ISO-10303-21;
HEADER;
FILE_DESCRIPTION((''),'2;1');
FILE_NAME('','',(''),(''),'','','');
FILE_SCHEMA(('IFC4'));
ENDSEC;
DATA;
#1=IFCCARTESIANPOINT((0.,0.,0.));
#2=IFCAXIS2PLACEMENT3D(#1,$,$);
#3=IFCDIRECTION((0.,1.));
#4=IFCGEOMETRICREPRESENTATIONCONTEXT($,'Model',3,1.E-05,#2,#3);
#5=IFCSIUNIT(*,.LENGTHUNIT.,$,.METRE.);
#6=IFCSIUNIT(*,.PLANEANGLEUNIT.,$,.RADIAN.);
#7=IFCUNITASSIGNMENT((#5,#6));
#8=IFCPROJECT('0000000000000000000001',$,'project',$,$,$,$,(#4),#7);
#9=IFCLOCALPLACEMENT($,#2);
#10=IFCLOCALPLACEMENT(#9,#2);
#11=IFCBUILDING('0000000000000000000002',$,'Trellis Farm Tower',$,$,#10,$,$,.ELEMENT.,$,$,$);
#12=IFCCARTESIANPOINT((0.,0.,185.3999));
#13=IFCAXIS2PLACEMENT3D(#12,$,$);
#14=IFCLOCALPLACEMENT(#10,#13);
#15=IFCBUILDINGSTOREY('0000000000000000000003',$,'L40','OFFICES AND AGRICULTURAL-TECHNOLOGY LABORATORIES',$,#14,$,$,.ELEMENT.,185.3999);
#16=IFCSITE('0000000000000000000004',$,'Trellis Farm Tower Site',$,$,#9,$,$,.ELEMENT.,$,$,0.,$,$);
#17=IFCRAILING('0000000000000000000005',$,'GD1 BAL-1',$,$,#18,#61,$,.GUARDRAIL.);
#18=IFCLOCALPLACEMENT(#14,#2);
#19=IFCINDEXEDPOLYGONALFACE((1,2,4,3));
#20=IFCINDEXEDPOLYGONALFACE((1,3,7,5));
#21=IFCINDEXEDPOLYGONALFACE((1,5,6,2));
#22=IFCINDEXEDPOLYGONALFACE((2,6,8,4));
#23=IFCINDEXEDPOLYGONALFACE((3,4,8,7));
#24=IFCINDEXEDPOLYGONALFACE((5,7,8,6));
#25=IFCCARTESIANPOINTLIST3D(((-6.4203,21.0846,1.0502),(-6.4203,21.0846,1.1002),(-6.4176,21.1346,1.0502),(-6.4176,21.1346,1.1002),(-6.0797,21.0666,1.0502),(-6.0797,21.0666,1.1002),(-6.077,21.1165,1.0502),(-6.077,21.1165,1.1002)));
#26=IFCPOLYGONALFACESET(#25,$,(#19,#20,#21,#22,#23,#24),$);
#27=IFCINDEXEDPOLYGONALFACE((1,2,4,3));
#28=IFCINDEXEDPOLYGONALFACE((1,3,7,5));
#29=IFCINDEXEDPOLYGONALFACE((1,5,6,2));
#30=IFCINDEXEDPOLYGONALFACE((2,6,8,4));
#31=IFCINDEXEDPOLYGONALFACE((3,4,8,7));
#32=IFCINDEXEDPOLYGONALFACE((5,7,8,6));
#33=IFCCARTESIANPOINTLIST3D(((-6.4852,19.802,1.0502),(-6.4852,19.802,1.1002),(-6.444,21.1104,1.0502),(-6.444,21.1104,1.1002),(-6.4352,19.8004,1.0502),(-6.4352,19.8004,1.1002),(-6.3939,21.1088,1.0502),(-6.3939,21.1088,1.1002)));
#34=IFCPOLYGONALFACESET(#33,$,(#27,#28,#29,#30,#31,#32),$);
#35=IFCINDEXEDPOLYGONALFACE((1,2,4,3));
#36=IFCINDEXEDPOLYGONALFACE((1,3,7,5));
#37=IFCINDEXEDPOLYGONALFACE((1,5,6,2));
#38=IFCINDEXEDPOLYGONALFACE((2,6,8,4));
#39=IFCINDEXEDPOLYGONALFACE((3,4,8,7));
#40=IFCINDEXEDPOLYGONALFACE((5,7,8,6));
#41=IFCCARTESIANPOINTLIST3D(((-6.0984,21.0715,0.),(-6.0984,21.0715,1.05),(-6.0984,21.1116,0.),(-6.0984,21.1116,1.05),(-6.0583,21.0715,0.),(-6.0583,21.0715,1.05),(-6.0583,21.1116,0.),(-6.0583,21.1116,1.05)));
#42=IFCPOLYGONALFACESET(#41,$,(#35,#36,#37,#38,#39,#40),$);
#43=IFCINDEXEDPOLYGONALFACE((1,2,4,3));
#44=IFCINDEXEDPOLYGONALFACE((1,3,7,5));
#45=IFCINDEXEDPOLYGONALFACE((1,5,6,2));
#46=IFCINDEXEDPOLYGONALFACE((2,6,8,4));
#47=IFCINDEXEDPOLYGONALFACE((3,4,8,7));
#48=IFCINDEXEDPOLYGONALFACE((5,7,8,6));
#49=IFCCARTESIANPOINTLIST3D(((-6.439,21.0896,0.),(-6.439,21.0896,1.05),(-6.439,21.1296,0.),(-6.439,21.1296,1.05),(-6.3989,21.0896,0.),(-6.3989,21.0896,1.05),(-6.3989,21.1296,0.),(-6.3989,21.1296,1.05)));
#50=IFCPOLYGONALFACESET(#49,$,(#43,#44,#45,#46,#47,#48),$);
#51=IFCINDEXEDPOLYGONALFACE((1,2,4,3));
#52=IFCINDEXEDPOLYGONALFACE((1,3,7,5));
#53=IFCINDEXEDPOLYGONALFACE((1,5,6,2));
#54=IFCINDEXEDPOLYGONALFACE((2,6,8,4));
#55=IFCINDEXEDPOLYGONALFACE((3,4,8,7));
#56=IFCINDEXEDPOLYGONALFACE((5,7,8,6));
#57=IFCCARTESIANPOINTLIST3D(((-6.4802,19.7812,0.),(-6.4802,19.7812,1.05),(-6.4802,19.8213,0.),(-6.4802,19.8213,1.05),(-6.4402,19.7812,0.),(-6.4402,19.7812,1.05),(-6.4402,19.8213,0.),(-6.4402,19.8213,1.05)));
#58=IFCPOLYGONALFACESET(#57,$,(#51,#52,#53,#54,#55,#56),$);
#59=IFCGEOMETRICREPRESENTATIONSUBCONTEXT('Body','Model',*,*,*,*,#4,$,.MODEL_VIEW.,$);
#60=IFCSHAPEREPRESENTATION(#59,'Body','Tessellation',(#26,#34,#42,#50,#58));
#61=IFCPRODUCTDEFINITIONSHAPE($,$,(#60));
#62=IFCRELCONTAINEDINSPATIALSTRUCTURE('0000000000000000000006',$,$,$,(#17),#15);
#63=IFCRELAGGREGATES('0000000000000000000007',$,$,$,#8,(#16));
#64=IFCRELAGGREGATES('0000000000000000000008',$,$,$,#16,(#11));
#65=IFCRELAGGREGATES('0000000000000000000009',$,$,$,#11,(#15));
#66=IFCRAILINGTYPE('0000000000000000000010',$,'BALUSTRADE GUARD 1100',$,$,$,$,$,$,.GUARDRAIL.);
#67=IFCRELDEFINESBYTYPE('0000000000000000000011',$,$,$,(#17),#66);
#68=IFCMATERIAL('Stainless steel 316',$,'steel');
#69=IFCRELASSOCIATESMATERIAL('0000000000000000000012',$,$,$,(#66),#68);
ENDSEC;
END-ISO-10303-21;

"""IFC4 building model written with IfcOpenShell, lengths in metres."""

from ifc_helpers import new_model, si_unit, direction, frame, origin, origin_2d, place, context, subcontext, project, spatial, rectangle, extrude, source, transform, mapped, material, type_object, element, save


model = new_model("IFC4")

# Units and contexts
model_context = context("Model", 3, precision=1e-05, world=origin(), true_north=direction((0.0, 1.0)))
body_context = subcontext(model_context, "Body", "Model", "MODEL_VIEW")
ifc_project = project(units=[si_unit("LENGTHUNIT", "METRE"), si_unit("PLANEANGLEUNIT", "RADIAN")], contexts=[model_context])

# Site, building, storey
site_placement = place(None, origin())
site = spatial("IfcSite", under=ifc_project, at=site_placement, Name="Trellis Farm Tower Site", CompositionType="ELEMENT", RefElevation=0.0)
building_placement = place(site_placement, origin())
building = spatial("IfcBuilding", under=site, at=building_placement, Name="Trellis Farm Tower", CompositionType="ELEMENT")
storey_placement = place(building_placement, frame((0.0, 0.0, 185.3999)))
storey = spatial("IfcBuildingStorey", under=building, at=storey_placement, Name="L40", Description="OFFICES AND AGRICULTURAL-TECHNOLOGY LABORATORIES", CompositionType="ELEMENT", Elevation=185.3999)

# Railing
ifc_material_1 = material(Name="Stainless steel 316", Category="steel")
railing_type = type_object("IfcRailingType", Name="BALUSTRADE GUARD 1100", PredefinedType="GUARDRAIL", material=ifc_material_1)
shared_shape_1 = source(origin(), body_context, "Body", "SweptSolid", [
    extrude(rectangle(XDim=0.05, YDim=0.05, at=origin_2d()), frame((0.0, 0.0, 1.0752), z_axis=(-0.998596, 0.052972, 0.0), x_axis=(-0.052972, -0.998596, 0.0)), (0.0, 0.0, 1.0), 0.3411),
    extrude(rectangle(XDim=0.05, YDim=0.05, at=origin_2d()), frame((-0.3406, 0.0181, 1.0752), z_axis=(-0.03152, -0.999503, 0.0), x_axis=(0.999503, -0.03152, 0.0)), (0.0, 0.0, 1.0), 1.3091),
    extrude(rectangle(XDim=0.04, YDim=0.04, at=origin_2d()), origin(), (0.0, 0.0, 1.0), 1.05),
    extrude(rectangle(XDim=0.04, YDim=0.04, at=origin_2d()), frame((-0.3406, 0.0181, 0.0)), (0.0, 0.0, 1.0), 1.05),
    extrude(rectangle(XDim=0.04, YDim=0.04, at=origin_2d()), frame((-0.3818, -1.2903, 0.0)), (0.0, 0.0, 1.0), 1.05),
])
railing_placement = place(storey_placement, frame((-6.0784, 21.0916, 0.0)))
element("IfcRailing", 1, at=railing_placement, inside=storey, type_object=railing_type, Name="GD1 BAL-1", PredefinedType="GUARDRAIL", context=body_context, shape_type="MappedRepresentation", body=[
    mapped(shared_shape_1, transform((0.0, 0.0, 0.0))),
])

save(model, "model.ifc")
